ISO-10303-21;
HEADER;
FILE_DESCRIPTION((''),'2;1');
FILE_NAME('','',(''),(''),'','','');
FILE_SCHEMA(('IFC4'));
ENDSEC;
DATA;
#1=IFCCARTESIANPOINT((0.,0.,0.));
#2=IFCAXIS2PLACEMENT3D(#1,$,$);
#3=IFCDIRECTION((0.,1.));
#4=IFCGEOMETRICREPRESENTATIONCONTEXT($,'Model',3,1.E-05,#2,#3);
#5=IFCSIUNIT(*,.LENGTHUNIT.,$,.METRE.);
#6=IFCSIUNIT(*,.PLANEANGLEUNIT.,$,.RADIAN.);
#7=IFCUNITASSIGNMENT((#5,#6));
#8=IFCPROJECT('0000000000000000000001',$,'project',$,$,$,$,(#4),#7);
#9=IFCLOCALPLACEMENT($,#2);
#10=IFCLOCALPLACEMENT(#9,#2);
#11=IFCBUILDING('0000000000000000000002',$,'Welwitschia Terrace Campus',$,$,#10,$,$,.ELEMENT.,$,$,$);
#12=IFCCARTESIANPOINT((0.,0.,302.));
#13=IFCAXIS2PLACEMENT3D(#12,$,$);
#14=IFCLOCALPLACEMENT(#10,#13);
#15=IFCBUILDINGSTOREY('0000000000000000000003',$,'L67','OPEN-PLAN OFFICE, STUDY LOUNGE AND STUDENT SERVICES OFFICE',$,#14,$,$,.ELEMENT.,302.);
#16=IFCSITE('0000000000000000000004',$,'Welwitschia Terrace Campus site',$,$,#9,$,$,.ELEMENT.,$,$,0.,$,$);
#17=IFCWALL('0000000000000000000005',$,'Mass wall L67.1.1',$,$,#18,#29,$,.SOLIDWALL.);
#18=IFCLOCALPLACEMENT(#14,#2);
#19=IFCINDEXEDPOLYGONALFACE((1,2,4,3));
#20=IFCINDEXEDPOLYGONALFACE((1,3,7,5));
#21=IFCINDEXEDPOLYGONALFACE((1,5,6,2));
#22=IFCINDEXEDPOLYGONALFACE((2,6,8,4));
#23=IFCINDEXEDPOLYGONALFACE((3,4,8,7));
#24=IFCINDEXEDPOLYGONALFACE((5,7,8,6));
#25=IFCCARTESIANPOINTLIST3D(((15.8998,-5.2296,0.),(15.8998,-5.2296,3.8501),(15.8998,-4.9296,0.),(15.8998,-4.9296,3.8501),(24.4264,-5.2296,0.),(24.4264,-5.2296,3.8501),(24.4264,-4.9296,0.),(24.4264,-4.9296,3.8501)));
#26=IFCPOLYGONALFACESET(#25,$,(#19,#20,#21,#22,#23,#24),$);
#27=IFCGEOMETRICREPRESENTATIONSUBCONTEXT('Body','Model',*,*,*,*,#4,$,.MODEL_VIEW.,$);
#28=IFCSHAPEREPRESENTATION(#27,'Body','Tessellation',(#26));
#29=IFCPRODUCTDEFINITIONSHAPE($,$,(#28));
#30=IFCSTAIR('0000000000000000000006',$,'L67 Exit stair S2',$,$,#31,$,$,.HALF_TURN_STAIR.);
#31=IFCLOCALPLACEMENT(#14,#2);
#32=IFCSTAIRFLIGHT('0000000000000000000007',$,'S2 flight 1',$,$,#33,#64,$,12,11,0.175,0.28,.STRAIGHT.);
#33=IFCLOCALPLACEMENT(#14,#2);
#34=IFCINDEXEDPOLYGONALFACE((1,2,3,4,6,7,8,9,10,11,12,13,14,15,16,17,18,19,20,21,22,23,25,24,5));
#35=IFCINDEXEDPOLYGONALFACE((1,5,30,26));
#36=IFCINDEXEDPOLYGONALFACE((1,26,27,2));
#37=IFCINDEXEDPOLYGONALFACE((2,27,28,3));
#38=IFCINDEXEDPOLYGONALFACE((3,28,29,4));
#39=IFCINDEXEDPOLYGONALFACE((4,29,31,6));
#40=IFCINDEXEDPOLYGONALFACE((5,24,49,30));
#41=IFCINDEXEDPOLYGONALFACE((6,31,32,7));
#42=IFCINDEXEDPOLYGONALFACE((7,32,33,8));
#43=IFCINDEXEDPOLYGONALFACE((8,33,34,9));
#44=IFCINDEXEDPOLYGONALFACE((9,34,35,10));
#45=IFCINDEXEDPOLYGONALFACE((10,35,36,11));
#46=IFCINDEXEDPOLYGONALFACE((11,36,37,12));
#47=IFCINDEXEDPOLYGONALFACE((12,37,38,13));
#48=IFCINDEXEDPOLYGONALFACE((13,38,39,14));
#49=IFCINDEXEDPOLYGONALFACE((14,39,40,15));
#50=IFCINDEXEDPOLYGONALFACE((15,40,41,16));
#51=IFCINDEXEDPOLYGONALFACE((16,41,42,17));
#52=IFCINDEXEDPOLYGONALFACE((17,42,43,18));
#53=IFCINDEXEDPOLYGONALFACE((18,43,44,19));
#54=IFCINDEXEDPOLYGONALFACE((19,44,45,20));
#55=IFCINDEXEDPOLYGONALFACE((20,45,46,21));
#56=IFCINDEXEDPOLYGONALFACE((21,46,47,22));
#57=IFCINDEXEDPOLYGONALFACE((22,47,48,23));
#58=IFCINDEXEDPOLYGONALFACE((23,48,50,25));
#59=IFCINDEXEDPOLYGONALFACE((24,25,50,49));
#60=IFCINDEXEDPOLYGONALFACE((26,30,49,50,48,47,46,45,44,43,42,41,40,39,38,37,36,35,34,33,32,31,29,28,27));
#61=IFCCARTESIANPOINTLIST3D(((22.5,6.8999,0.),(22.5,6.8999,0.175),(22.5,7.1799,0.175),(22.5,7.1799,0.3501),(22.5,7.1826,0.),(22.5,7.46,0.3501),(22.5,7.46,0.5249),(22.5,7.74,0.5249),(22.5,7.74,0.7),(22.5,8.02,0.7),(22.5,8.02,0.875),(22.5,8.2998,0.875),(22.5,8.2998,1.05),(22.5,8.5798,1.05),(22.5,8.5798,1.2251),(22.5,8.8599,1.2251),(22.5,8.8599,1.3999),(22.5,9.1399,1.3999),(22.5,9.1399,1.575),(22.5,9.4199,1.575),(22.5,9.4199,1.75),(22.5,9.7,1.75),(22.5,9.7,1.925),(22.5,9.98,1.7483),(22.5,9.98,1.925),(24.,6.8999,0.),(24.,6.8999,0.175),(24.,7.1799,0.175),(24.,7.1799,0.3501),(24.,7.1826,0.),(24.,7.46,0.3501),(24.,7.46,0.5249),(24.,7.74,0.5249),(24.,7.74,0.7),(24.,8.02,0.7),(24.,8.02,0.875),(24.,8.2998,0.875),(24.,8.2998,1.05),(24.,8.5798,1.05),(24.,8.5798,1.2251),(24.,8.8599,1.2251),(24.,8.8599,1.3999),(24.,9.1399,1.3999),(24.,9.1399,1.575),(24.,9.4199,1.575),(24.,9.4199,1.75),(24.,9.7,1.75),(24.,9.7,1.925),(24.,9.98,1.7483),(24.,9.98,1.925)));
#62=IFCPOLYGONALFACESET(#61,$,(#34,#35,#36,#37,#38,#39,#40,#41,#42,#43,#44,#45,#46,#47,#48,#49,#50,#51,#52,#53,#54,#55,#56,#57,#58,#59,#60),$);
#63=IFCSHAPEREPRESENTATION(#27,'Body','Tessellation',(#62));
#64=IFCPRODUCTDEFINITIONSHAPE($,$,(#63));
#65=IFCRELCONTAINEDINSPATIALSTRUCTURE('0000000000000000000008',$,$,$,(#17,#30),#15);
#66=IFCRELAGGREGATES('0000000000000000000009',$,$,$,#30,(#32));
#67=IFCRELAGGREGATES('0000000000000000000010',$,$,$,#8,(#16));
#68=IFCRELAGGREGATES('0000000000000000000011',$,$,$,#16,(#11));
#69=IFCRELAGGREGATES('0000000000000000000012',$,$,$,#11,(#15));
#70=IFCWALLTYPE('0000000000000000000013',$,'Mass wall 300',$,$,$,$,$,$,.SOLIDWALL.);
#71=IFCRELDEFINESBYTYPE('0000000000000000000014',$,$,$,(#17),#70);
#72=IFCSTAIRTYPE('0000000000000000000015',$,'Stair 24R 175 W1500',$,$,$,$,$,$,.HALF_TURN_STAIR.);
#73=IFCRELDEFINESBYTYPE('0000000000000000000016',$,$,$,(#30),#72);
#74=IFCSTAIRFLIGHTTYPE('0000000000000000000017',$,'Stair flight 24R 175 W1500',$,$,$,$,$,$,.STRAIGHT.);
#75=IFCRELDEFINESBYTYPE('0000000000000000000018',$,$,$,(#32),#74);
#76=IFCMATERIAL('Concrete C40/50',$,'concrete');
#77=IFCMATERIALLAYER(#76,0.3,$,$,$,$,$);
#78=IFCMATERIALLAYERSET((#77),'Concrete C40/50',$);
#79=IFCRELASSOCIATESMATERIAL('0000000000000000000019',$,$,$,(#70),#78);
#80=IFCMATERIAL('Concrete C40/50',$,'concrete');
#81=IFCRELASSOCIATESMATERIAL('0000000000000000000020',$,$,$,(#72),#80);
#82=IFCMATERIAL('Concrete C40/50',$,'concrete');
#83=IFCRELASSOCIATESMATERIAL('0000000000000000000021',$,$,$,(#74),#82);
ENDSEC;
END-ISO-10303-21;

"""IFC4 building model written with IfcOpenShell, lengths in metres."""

from ifc_helpers import new_model, si_unit, direction, frame, frame_2d, origin, place, context, subcontext, project, spatial, polyline, rectangle, outline, extrude, material, layer, layer_set, type_object, element, aggregate, save


model = new_model("IFC4")

# Units and contexts
model_context = context("Model", 3, precision=1e-05, world=origin(), true_north=direction((0.0, 1.0)))
body_context = subcontext(model_context, "Body", "Model", "MODEL_VIEW")
ifc_project = project(units=[si_unit("LENGTHUNIT", "METRE"), si_unit("PLANEANGLEUNIT", "RADIAN")], contexts=[model_context])

# Site, building, storey
site_placement = place(None, origin())
site = spatial("IfcSite", under=ifc_project, at=site_placement, Name="Welwitschia Terrace Campus site", CompositionType="ELEMENT", RefElevation=0.0)
building_placement = place(site_placement, origin())
building = spatial("IfcBuilding", under=site, at=building_placement, Name="Welwitschia Terrace Campus", CompositionType="ELEMENT")
storey_placement = place(building_placement, frame((0.0, 0.0, 302.0)))
storey = spatial("IfcBuildingStorey", under=building, at=storey_placement, Name="L67", Description="OPEN-PLAN OFFICE, STUDY LOUNGE AND STUDENT SERVICES OFFICE", CompositionType="ELEMENT", Elevation=302.0)

# Wall
ifc_material_1 = material(Name="Concrete C40/50", Category="concrete")
ifc_layer_1 = layer(ifc_material_1, 0.3)
ifc_layer_set_1 = layer_set([ifc_layer_1], Name="Concrete C40/50")
wall_type_1 = type_object("IfcWallType", Name="Mass wall 300", PredefinedType="SOLIDWALL", material=ifc_layer_set_1)
wall_1_placement = place(storey_placement, frame((15.8999, -5.0796, 0.0), z_axis=(0.0, 0.0, 1.0), x_axis=(1.0, 0.0, 0.0)))
element("IfcWall", 1, at=wall_1_placement, inside=storey, type_object=wall_type_1, Name="Mass wall L67.1.1", PredefinedType="SOLIDWALL", context=body_context, shape_type="SweptSolid", body=[
    extrude(rectangle(XDim=8.5266, YDim=0.3, at=frame_2d((4.2632, 0.0))), origin(), (0.0, 0.0, 1.0), 3.8501),
])

# Stair, stair flight
ifc_material_2 = material(Name="Concrete C40/50", Category="concrete")
stair_type = type_object("IfcStairType", Name="Stair 24R 175 W1500", PredefinedType="HALF_TURN_STAIR", material=ifc_material_2)
stair_placement = place(storey_placement, origin())
stair = element("IfcStair", 2, at=stair_placement, inside=storey, type_object=stair_type, Name="L67 Exit stair S2", PredefinedType="HALF_TURN_STAIR")
ifc_material_3 = material(Name="Concrete C40/50", Category="concrete")
stair_flight_type = type_object("IfcStairFlightType", Name="Stair flight 24R 175 W1500", PredefinedType="STRAIGHT", material=ifc_material_3)
stair_flight_placement = place(storey_placement, frame((23.25, 6.8999, 0.0), z_axis=(0.0, 0.0, 1.0), x_axis=(0.0, 1.0, 0.0)))
stair_flight = element("IfcStairFlight", 3, at=stair_flight_placement, type_object=stair_flight_type, Name="S2 flight 1", NumberOfRisers=12, NumberOfTreads=11, PredefinedType="STRAIGHT", RiserHeight=0.175, TreadLength=0.28, context=body_context, shape_type="SweptSolid", body=[
    extrude(outline(polyline([(0.0, 0.0), (0.0, 0.175), (0.28, 0.175), (0.28, 0.3501), (0.5601, 0.3501), (0.5601, 0.5249), (0.8401, 0.5249), (0.8401, 0.7), (1.1201, 0.7), (1.1201, 0.875), (1.3999, 0.875), (1.3999, 1.05), (1.6799, 1.05), (1.6799, 1.2251), (1.96, 1.2251), (1.96, 1.3999), (2.24, 1.3999), (2.24, 1.575), (2.52, 1.575), (2.52, 1.75), (2.8, 1.75), (2.8, 1.925), (3.0801, 1.925), (3.0801, 2.1001), (3.0801, 1.7483), (0.2827, 0.0), (0.0, 0.0)])), frame((0.0, 0.75, 0.0), z_axis=(0.0, -1.0, 0.0), x_axis=(1.0, 0.0, 0.0)), (0.0, 0.0, 1.0), 1.5),
])
aggregate(stair, [stair_flight])

save(model, "model.ifc")
